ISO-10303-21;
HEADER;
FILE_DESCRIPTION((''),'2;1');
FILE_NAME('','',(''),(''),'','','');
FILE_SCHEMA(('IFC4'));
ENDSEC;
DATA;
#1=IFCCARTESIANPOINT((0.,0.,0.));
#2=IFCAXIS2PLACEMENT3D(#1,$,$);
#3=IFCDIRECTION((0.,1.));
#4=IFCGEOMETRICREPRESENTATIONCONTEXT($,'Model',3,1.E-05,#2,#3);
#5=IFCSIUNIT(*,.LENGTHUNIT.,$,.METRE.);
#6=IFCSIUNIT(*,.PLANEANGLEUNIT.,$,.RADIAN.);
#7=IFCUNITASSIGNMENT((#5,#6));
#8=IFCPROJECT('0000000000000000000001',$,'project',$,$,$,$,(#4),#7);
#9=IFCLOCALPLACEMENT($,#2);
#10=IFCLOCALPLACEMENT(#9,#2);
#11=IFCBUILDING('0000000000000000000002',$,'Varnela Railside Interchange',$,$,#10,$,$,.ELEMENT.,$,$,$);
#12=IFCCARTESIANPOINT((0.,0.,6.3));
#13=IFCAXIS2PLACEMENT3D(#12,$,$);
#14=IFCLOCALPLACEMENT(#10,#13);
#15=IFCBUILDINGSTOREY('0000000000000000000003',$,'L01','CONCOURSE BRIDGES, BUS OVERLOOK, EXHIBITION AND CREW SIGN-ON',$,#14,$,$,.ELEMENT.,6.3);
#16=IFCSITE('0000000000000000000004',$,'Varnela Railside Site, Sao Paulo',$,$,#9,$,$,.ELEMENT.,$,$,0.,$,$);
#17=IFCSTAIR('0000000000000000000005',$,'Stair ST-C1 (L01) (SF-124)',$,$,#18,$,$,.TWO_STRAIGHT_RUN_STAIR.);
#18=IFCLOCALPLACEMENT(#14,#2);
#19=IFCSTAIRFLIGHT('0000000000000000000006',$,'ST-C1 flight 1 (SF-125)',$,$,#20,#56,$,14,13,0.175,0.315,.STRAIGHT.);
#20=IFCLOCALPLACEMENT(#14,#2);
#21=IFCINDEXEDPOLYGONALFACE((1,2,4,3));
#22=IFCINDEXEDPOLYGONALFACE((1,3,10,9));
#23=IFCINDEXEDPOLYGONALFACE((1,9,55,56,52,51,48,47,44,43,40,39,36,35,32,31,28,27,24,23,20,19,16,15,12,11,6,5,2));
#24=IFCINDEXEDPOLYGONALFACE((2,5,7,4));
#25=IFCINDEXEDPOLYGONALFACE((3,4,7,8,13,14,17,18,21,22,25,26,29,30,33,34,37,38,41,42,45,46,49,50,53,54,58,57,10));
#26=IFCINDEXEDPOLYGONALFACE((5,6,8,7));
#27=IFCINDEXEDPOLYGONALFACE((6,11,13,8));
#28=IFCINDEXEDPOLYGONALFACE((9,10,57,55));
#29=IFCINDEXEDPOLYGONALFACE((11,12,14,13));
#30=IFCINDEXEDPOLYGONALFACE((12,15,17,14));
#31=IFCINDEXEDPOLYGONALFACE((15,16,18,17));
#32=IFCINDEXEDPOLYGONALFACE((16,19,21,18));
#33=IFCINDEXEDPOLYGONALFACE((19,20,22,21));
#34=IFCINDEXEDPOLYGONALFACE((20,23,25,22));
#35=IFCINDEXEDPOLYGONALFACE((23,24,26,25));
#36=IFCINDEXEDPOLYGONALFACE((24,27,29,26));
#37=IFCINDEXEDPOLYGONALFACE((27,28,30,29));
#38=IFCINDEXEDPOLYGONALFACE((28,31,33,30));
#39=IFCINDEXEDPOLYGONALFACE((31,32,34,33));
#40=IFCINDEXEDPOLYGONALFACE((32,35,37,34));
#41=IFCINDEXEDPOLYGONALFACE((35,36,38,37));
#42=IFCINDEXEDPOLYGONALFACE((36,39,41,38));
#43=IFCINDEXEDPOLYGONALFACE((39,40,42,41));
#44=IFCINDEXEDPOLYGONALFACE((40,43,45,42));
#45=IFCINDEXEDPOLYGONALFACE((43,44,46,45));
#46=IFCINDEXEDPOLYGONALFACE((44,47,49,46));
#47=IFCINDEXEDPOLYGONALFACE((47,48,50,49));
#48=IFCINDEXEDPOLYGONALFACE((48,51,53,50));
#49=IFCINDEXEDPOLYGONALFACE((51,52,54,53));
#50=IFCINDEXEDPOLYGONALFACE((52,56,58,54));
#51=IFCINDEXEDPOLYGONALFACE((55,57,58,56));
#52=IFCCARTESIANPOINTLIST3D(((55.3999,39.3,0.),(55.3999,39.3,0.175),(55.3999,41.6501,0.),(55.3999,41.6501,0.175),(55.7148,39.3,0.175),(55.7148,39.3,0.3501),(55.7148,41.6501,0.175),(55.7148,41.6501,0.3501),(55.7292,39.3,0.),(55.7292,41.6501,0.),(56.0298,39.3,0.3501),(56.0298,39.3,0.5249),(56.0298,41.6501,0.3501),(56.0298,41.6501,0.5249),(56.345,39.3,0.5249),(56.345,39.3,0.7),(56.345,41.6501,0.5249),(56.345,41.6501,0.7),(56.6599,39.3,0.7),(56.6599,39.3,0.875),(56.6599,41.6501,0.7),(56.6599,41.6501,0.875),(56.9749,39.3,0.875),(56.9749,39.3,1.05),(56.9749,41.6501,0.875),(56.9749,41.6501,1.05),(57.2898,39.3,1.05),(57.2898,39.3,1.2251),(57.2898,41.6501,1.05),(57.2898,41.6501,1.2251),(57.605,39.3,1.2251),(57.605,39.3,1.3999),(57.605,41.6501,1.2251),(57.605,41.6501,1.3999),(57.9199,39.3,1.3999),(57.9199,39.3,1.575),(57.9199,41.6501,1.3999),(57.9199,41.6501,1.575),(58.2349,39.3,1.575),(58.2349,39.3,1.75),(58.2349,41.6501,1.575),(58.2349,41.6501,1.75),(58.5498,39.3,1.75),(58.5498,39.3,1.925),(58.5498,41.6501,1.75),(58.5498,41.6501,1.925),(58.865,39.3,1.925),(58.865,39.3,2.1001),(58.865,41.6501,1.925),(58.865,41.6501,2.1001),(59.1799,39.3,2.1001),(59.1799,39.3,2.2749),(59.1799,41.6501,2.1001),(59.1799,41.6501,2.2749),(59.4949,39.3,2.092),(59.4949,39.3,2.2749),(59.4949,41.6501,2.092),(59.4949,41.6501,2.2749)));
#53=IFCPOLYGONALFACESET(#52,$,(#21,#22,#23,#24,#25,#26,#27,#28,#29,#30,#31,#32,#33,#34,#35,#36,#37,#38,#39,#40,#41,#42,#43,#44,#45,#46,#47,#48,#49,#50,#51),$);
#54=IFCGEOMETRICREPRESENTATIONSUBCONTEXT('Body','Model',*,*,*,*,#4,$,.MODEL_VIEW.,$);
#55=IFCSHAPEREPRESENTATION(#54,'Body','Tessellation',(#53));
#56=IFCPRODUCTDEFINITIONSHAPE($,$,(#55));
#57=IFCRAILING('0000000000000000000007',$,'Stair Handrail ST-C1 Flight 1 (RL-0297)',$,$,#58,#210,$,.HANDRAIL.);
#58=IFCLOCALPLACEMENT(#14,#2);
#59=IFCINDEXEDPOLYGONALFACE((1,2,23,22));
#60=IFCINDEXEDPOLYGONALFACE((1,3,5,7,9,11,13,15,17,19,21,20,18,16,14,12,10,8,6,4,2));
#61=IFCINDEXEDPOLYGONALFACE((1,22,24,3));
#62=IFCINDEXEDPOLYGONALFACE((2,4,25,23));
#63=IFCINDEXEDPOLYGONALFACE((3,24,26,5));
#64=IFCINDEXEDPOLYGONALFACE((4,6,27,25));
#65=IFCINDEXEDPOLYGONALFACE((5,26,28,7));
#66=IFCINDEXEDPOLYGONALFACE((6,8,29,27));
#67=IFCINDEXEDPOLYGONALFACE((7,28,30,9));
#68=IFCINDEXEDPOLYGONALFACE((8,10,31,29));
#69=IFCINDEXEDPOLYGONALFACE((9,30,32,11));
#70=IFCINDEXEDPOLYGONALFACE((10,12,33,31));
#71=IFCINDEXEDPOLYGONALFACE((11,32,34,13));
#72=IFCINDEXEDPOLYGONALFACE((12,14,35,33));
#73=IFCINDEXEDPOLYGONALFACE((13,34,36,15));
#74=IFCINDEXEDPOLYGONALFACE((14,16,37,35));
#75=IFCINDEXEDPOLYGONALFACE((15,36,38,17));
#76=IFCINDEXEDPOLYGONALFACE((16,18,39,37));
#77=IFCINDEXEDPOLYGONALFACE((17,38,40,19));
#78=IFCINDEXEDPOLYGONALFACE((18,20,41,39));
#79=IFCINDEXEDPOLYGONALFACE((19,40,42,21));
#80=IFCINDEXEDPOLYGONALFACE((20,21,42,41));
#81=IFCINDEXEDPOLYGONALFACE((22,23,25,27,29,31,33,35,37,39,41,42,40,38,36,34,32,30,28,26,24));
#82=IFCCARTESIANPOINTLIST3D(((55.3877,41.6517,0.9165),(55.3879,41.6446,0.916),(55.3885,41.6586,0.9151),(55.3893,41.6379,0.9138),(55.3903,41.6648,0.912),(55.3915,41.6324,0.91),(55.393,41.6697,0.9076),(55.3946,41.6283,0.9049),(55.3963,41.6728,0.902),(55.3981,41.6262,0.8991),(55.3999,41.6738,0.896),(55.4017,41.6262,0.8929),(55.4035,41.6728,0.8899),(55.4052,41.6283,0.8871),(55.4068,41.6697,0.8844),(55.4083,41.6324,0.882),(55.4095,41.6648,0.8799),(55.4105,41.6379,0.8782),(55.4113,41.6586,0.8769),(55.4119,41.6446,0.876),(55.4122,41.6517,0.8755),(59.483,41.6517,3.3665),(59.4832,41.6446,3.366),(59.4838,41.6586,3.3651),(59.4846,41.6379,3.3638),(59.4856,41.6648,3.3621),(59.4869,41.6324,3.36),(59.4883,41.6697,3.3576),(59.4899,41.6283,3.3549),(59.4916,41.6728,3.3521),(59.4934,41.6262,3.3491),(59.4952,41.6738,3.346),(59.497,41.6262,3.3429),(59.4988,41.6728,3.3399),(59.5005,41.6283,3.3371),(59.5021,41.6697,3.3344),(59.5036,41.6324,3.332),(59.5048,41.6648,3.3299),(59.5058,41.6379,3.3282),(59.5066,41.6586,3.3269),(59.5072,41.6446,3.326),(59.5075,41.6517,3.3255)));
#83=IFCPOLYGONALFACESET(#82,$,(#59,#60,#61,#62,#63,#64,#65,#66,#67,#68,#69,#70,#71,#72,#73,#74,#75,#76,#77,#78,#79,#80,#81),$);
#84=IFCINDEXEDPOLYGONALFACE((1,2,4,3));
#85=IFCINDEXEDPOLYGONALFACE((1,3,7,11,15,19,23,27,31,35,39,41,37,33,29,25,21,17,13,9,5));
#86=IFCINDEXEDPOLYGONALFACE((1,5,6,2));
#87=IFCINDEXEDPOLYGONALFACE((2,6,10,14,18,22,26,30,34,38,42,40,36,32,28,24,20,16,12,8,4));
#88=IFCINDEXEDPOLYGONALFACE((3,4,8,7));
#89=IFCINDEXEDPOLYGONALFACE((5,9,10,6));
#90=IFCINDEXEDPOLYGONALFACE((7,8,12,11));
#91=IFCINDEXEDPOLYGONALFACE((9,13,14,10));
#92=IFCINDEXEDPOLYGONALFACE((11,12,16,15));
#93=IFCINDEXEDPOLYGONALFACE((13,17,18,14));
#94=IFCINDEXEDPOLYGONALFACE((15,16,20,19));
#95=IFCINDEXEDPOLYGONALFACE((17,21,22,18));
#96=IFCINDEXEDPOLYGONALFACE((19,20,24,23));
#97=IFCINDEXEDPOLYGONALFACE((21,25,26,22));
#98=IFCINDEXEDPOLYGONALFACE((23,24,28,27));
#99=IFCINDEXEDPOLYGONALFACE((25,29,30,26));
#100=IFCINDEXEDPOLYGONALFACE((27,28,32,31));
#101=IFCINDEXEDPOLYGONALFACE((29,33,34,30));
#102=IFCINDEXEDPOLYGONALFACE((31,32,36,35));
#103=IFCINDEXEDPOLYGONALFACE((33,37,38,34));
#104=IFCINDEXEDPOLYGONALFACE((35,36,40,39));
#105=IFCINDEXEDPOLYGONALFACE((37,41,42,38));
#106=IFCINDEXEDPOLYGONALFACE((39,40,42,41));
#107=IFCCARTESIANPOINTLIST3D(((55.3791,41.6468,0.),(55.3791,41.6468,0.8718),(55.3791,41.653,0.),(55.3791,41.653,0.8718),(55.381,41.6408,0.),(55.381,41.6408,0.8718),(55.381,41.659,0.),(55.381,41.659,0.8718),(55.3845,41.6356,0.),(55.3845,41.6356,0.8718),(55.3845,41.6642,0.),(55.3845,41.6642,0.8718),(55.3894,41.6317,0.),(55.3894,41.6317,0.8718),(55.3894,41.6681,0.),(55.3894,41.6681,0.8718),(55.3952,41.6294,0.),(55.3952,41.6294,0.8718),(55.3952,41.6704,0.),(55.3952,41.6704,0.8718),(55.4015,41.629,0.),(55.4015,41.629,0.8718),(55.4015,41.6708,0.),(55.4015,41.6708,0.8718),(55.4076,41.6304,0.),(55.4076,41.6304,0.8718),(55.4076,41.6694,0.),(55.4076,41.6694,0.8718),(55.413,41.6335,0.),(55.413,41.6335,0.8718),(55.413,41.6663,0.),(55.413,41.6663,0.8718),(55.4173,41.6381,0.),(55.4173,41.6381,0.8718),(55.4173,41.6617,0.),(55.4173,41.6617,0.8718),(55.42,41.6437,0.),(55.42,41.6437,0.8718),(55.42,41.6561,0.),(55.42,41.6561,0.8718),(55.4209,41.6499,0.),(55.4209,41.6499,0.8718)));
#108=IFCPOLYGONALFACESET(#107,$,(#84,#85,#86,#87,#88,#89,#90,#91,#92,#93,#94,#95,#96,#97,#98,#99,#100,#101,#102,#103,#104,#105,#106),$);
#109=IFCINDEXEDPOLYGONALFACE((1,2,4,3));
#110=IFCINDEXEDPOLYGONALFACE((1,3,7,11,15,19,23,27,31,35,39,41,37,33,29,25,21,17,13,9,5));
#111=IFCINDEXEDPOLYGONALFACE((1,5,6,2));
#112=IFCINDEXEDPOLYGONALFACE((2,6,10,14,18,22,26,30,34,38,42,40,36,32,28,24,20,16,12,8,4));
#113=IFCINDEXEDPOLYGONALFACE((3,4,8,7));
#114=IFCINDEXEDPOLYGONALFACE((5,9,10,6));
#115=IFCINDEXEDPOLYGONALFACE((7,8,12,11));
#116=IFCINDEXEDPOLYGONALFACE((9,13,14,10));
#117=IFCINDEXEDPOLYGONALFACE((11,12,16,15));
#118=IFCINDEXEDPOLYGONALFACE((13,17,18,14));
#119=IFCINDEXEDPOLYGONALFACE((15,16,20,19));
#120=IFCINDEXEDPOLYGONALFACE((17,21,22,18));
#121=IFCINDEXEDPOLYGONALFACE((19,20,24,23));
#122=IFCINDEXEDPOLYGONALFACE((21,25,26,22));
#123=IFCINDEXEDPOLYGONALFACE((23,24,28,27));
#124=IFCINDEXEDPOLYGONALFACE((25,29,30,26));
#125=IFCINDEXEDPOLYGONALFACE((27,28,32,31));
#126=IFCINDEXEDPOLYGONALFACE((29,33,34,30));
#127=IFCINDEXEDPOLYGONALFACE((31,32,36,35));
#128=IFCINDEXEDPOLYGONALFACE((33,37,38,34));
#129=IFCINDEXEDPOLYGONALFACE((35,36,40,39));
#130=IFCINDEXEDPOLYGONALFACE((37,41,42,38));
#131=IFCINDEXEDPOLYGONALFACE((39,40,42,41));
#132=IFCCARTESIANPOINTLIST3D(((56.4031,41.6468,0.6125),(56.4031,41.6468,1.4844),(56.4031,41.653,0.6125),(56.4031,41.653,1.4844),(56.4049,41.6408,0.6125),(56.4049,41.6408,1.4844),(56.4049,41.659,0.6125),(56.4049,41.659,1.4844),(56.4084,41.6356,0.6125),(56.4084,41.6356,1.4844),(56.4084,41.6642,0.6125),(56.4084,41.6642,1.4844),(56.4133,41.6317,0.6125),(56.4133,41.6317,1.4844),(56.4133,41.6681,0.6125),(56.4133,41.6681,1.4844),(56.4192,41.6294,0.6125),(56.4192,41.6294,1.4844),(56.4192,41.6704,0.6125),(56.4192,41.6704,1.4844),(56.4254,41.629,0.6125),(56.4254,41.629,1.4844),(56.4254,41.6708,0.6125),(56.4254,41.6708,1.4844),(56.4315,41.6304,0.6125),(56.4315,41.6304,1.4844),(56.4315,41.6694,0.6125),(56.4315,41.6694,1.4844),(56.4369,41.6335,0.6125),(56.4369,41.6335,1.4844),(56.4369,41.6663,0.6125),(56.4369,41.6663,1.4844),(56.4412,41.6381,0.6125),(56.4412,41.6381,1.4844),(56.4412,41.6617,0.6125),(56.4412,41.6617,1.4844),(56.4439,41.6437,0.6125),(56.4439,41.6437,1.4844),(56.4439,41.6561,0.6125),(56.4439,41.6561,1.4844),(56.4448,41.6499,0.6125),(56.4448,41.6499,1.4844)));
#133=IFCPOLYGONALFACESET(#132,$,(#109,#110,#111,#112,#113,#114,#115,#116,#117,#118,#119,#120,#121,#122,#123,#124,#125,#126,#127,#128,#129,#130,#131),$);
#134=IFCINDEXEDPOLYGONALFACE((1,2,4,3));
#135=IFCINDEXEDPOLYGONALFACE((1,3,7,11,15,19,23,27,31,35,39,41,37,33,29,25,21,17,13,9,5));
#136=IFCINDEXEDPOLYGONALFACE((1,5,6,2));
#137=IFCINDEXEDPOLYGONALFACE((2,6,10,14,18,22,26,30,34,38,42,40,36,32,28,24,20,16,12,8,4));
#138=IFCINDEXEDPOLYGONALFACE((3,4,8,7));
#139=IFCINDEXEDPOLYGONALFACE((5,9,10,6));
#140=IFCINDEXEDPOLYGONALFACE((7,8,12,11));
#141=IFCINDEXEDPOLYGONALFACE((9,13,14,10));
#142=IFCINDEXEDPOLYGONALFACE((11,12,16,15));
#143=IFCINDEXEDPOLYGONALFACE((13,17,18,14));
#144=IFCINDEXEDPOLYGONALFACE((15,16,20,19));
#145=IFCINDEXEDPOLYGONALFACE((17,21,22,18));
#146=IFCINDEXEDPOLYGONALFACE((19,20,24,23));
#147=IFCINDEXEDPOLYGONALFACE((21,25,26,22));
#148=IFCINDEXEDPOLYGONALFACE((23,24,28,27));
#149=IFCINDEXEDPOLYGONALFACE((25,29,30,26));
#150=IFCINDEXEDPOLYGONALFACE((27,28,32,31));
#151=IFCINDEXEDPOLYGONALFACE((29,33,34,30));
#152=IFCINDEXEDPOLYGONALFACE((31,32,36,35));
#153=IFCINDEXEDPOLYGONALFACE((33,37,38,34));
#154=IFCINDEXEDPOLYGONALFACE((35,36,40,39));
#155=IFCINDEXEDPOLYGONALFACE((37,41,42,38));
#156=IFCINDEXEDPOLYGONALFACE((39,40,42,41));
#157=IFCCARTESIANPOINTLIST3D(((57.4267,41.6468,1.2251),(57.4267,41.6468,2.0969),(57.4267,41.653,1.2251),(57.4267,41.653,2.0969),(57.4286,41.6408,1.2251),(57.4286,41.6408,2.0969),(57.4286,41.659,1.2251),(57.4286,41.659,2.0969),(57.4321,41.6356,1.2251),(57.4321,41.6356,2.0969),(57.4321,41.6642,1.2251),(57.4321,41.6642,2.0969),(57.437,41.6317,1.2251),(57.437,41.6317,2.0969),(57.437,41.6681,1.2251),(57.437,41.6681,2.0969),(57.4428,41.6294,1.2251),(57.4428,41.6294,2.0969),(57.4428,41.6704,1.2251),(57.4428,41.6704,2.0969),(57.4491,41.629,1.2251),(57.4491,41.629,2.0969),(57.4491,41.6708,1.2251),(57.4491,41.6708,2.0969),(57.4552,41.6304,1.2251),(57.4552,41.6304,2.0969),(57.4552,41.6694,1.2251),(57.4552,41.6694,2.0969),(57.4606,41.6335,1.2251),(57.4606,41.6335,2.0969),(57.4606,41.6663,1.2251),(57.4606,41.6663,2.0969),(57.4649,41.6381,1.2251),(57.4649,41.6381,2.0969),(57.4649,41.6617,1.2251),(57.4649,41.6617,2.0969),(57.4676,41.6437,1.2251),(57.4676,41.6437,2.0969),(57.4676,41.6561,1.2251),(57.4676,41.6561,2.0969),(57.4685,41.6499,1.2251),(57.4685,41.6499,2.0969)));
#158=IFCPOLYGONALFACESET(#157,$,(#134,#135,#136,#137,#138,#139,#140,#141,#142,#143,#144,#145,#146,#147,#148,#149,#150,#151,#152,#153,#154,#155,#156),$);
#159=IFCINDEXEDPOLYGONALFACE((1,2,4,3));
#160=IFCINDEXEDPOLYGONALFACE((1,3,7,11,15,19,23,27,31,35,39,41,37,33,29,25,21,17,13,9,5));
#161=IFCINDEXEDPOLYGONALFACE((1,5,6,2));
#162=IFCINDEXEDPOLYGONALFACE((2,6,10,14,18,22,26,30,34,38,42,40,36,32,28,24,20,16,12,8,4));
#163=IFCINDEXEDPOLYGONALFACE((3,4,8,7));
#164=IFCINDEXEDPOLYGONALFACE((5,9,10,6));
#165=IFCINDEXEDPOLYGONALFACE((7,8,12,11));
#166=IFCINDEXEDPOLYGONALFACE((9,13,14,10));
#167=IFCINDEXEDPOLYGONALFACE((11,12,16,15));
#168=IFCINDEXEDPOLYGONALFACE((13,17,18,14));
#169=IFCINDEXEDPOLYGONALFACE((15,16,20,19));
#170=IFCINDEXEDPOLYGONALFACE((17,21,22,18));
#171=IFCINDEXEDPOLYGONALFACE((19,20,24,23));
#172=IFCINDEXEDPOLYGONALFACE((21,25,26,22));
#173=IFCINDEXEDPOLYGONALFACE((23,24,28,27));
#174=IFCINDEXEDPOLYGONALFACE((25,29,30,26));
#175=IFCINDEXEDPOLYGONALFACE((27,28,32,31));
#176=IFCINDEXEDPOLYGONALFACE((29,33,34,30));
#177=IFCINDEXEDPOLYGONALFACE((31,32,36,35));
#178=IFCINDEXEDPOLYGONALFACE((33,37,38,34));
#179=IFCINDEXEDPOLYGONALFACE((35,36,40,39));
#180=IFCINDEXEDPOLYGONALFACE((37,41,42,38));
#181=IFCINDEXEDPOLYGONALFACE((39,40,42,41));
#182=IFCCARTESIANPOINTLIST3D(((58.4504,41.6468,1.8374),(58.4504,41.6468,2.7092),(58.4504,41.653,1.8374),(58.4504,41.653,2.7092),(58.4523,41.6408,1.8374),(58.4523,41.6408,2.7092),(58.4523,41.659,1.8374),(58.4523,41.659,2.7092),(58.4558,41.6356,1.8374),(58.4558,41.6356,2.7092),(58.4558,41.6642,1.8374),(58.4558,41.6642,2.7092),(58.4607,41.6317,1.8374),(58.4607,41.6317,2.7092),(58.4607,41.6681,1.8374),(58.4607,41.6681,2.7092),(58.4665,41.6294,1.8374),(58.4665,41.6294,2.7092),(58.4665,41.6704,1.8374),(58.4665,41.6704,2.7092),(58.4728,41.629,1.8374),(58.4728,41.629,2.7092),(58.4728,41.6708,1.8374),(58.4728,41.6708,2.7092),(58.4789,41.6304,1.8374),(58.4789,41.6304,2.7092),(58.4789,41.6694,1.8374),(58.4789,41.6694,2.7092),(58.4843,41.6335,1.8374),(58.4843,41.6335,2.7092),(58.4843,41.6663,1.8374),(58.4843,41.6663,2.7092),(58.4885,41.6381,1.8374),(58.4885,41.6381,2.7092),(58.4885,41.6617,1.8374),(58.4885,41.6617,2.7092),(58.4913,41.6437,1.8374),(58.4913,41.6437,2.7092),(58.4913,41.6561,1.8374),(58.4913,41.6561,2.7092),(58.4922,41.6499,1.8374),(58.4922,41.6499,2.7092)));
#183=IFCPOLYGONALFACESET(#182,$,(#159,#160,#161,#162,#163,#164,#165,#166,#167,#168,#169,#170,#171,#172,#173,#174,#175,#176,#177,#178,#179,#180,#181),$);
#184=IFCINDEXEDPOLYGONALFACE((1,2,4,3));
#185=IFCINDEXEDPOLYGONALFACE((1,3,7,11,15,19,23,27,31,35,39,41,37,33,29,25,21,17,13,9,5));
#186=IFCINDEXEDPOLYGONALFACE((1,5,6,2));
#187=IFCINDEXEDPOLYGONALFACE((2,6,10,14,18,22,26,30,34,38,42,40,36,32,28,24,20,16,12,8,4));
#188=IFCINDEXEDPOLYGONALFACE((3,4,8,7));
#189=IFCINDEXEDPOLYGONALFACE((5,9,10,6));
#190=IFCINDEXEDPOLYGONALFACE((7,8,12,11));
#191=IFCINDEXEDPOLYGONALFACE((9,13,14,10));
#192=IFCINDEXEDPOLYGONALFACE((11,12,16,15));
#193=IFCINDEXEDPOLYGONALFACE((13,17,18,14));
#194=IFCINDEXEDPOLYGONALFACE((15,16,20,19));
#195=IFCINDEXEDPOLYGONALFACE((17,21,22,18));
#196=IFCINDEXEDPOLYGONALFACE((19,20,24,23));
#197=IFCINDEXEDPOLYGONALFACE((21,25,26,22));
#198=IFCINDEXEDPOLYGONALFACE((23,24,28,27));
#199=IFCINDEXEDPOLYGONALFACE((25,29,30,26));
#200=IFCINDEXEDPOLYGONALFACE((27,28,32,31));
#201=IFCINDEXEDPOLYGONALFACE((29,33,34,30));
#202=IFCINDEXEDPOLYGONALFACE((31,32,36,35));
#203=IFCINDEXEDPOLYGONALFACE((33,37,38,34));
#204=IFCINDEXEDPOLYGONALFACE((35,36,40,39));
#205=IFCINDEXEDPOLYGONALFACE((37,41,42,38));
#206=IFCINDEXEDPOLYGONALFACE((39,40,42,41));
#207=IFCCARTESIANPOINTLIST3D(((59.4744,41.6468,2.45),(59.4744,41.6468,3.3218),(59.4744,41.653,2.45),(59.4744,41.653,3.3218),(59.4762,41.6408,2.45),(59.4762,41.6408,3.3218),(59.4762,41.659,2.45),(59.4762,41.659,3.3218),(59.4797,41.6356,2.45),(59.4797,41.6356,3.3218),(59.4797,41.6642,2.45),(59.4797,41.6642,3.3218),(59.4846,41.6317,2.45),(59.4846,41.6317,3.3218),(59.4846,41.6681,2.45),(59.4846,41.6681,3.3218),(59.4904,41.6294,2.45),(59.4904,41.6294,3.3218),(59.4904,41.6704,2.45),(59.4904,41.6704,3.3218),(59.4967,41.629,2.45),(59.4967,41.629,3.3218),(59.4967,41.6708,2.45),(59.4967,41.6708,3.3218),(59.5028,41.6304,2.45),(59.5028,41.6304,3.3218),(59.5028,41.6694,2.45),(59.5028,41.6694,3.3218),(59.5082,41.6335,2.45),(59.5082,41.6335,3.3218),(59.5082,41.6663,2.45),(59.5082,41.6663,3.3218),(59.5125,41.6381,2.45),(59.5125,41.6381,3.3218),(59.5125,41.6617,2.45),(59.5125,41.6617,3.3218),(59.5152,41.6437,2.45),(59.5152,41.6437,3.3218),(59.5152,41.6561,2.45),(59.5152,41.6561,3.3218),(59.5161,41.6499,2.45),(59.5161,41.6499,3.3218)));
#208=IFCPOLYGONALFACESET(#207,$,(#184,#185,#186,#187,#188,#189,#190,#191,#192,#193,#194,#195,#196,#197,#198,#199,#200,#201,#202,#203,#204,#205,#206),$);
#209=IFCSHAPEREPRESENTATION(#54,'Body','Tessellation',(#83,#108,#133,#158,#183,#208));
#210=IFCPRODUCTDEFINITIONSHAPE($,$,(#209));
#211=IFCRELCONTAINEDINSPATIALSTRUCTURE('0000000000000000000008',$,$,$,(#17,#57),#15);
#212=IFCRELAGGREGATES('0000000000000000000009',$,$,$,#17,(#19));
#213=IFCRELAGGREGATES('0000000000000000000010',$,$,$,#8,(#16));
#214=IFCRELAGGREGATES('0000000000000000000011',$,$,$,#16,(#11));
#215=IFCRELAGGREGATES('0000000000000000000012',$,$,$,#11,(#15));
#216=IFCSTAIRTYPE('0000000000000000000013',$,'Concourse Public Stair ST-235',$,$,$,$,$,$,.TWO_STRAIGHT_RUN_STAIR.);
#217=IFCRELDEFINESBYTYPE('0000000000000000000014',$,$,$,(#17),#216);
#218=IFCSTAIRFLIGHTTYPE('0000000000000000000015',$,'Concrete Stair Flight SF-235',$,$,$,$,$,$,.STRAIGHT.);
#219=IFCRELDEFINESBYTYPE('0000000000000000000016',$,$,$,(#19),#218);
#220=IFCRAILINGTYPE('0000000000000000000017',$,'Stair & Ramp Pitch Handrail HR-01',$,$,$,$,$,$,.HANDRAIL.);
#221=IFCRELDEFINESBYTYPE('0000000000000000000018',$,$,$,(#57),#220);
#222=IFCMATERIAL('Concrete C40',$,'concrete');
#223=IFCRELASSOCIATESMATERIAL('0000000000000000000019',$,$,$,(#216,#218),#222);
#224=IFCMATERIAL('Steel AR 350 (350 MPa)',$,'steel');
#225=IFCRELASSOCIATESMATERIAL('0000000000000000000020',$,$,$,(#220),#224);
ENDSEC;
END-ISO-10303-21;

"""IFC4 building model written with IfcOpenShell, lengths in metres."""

from ifc_helpers import new_model, si_unit, direction, frame, origin, origin_2d, place, context, subcontext, project, spatial, polyline, circle, outline, extrude, material, type_object, element, aggregate, save


model = new_model("IFC4")

# Units and contexts
model_context = context("Model", 3, precision=1e-05, world=origin(), true_north=direction((0.0, 1.0)))
body_context = subcontext(model_context, "Body", "Model", "MODEL_VIEW")
ifc_project = project(units=[si_unit("LENGTHUNIT", "METRE"), si_unit("PLANEANGLEUNIT", "RADIAN")], contexts=[model_context])

# Site, building, storey
site_placement = place(None, origin())
site = spatial("IfcSite", under=ifc_project, at=site_placement, Name="Varnela Railside Site, Sao Paulo", CompositionType="ELEMENT", RefElevation=0.0)
building_placement = place(site_placement, origin())
building = spatial("IfcBuilding", under=site, at=building_placement, Name="Varnela Railside Interchange", CompositionType="ELEMENT")
storey_placement = place(building_placement, frame((0.0, 0.0, 6.3)))
storey = spatial("IfcBuildingStorey", under=building, at=storey_placement, Name="L01", Description="CONCOURSE BRIDGES, BUS OVERLOOK, EXHIBITION AND CREW SIGN-ON", CompositionType="ELEMENT", Elevation=6.3)

# Shared definitions
ifc_material_1 = material(Name="Steel AR 350 (350 MPa)", Category="steel")
ifc_material_2 = material(Name="Concrete C40", Category="concrete")

# Stair, stair flight
stair_type = type_object("IfcStairType", Name="Concourse Public Stair ST-235", PredefinedType="TWO_STRAIGHT_RUN_STAIR", material=ifc_material_2)
stair_placement = place(storey_placement, origin())
stair = element("IfcStair", 1, at=stair_placement, inside=storey, type_object=stair_type, Name="Stair ST-C1 (L01) (SF-124)", PredefinedType="TWO_STRAIGHT_RUN_STAIR")
stair_flight_type = type_object("IfcStairFlightType", Name="Concrete Stair Flight SF-235", PredefinedType="STRAIGHT", material=ifc_material_2)
stair_flight_placement = place(storey_placement, frame((55.3999, 40.4751, 0.0), z_axis=(0.0, 0.0, 1.0), x_axis=(1.0, 0.0, 0.0)))
stair_flight = element("IfcStairFlight", 2, at=stair_flight_placement, type_object=stair_flight_type, Name="ST-C1 flight 1 (SF-125)", NumberOfRisers=14, NumberOfTreads=13, PredefinedType="STRAIGHT", RiserHeight=0.175, TreadLength=0.315, context=body_context, shape_type="SweptSolid", body=[
    extrude(outline(polyline([(0.0, 0.0), (0.0, 0.175), (0.3149, 0.175), (0.3149, 0.3501), (0.6299, 0.3501), (0.6299, 0.5249), (0.9451, 0.5249), (0.9451, 0.7), (1.26, 0.7), (1.26, 0.875), (1.575, 0.875), (1.575, 1.05), (1.8899, 1.05), (1.8899, 1.2251), (2.2051, 1.2251), (2.2051, 1.3999), (2.52, 1.3999), (2.52, 1.575), (2.835, 1.575), (2.835, 1.75), (3.1499, 1.75), (3.1499, 1.925), (3.4651, 1.925), (3.4651, 2.1001), (3.78, 2.1001), (3.78, 2.2749), (4.095, 2.2749), (4.095, 2.45), (4.095, 2.092), (0.3293, 0.0), (0.0, 0.0)])), frame((0.0, 1.175, 0.0), z_axis=(0.0, -1.0, 0.0), x_axis=(1.0, 0.0, 0.0)), (0.0, 0.0, 1.0), 2.3501),
])
aggregate(stair, [stair_flight])

# Railing
railing_type_1 = type_object("IfcRailingType", Name="Stair & Ramp Pitch Handrail HR-01", PredefinedType="HANDRAIL", material=ifc_material_1)
railing_1_placement = place(storey_placement, frame((55.3999, 41.6499, 0.0)))
element("IfcRailing", 3, at=railing_1_placement, inside=storey, type_object=railing_type_1, Name="Stair Handrail ST-C1 Flight 1 (RL-0297)", PredefinedType="HANDRAIL", context=body_context, shape_type="SweptSolid", body=[
    extrude(circle(Radius=0.0239, at=origin_2d()), frame((0.0, 0.0, 0.896), z_axis=(0.858156, 0.0, 0.513389), x_axis=(0.0, 1.0, 0.0)), (0.0, 0.0, 1.0), 4.7722),
    extrude(circle(Radius=0.021, at=origin_2d()), origin(), (0.0, 0.0, 1.0), 0.8718),
    extrude(circle(Radius=0.021, at=origin_2d()), frame((1.0239, 0.0, 0.6125)), (0.0, 0.0, 1.0), 0.8718),
    extrude(circle(Radius=0.021, at=origin_2d()), frame((2.0476, 0.0, 1.2251)), (0.0, 0.0, 1.0), 0.8718),
    extrude(circle(Radius=0.021, at=origin_2d()), frame((3.0713, 0.0, 1.8374)), (0.0, 0.0, 1.0), 0.8718),
    extrude(circle(Radius=0.021, at=origin_2d()), frame((4.0952, 0.0, 2.45)), (0.0, 0.0, 1.0), 0.8718),
])

save(model, "model.ifc")
